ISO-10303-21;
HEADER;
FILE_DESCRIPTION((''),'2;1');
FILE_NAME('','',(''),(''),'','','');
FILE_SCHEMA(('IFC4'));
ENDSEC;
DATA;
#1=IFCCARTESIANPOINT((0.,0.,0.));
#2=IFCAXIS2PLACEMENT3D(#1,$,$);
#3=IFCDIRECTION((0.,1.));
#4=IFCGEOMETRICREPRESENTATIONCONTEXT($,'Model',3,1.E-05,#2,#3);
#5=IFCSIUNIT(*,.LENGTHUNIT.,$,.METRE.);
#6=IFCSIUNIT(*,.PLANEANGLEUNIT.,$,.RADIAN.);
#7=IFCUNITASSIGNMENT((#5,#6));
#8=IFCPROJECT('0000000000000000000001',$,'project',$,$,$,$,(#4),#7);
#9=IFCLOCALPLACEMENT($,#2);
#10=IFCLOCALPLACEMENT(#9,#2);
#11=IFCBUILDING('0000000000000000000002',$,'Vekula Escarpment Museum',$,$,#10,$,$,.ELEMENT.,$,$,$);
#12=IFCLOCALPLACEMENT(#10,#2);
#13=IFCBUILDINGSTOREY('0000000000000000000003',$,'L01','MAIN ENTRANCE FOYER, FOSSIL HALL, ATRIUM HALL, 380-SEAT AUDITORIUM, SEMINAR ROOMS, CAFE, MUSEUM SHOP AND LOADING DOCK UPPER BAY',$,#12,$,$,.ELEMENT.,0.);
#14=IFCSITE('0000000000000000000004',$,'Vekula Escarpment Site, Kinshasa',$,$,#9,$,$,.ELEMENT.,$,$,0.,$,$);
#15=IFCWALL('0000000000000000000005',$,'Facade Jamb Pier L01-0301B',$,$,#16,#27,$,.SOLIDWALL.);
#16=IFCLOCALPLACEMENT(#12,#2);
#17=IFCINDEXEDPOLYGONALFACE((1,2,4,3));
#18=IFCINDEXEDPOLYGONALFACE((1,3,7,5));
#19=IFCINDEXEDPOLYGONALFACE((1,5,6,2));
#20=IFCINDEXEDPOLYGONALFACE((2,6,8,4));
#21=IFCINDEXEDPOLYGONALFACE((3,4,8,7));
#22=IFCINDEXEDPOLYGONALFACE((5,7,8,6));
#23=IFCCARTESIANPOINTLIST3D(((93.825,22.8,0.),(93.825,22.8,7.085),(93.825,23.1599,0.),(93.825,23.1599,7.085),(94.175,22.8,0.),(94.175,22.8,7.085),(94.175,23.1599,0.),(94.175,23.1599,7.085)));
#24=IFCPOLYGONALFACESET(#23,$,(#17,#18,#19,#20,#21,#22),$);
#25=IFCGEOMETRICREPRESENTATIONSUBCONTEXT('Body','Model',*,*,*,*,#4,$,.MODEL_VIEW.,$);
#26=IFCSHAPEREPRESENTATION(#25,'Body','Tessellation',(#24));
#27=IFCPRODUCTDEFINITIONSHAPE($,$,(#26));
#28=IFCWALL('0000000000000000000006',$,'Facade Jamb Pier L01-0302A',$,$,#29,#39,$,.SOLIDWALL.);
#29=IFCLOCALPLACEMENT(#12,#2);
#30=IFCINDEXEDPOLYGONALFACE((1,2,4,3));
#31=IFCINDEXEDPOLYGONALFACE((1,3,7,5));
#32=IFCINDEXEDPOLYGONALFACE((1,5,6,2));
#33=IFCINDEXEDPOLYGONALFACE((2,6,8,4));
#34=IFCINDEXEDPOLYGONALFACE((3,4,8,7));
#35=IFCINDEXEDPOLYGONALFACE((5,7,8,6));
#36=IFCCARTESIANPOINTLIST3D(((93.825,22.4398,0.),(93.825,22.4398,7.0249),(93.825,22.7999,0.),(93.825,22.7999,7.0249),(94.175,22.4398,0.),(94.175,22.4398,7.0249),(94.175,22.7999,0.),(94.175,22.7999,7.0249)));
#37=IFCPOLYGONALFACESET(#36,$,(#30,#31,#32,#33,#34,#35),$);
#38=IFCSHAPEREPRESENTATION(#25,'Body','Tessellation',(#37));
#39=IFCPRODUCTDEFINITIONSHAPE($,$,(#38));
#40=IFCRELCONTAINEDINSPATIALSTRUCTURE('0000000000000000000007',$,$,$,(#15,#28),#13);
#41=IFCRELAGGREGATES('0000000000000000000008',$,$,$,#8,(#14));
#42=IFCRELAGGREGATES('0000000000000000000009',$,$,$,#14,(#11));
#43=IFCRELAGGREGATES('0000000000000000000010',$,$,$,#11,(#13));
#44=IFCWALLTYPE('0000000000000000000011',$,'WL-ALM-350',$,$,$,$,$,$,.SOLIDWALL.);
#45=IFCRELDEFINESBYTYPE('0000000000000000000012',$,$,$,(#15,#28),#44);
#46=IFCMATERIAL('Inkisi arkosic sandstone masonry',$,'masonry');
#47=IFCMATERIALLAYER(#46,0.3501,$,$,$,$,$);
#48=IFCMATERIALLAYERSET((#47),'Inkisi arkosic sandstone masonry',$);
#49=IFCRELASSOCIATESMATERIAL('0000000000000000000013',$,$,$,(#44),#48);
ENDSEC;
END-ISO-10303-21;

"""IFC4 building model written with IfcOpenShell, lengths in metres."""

from ifc_helpers import new_model, si_unit, direction, frame, frame_2d, origin, place, context, subcontext, project, spatial, rectangle, extrude, material, layer, layer_set, type_object, element, save


model = new_model("IFC4")

# Units and contexts
model_context = context("Model", 3, precision=1e-05, world=origin(), true_north=direction((0.0, 1.0)))
body_context = subcontext(model_context, "Body", "Model", "MODEL_VIEW")
ifc_project = project(units=[si_unit("LENGTHUNIT", "METRE"), si_unit("PLANEANGLEUNIT", "RADIAN")], contexts=[model_context])

# Site, building, storey
site_placement = place(None, origin())
site = spatial("IfcSite", under=ifc_project, at=site_placement, Name="Vekula Escarpment Site, Kinshasa", CompositionType="ELEMENT", RefElevation=0.0)
building_placement = place(site_placement, origin())
building = spatial("IfcBuilding", under=site, at=building_placement, Name="Vekula Escarpment Museum", CompositionType="ELEMENT")
storey_placement = place(building_placement, origin())
storey = spatial("IfcBuildingStorey", under=building, at=storey_placement, Name="L01", Description="MAIN ENTRANCE FOYER, FOSSIL HALL, ATRIUM HALL, 380-SEAT AUDITORIUM, SEMINAR ROOMS, CAFE, MUSEUM SHOP AND LOADING DOCK UPPER BAY", CompositionType="ELEMENT", Elevation=0.0)

# Walls
ifc_material_1 = material(Name="Inkisi arkosic sandstone masonry", Category="masonry")
ifc_layer_1 = layer(ifc_material_1, 0.3501)
ifc_layer_set_1 = layer_set([ifc_layer_1], Name="Inkisi arkosic sandstone masonry")
wall_type = type_object("IfcWallType", Name="WL-ALM-350", PredefinedType="SOLIDWALL", material=ifc_layer_set_1)
wall_1_placement = place(storey_placement, frame((94.0, 23.1599, 0.0), z_axis=(0.0, 0.0, 1.0), x_axis=(0.0, -1.0, 0.0)))
element("IfcWall", 1, at=wall_1_placement, inside=storey, type_object=wall_type, Name="Facade Jamb Pier L01-0301B", PredefinedType="SOLIDWALL", context=body_context, shape_type="SweptSolid", body=[
    extrude(rectangle(XDim=0.3599, YDim=0.3501, at=frame_2d((0.1799, 0.0))), origin(), (0.0, 0.0, 1.0), 7.085),
])
wall_2_placement = place(storey_placement, frame((94.0, 22.8, 0.0), z_axis=(0.0, 0.0, 1.0), x_axis=(0.0, -1.0, 0.0)))
element("IfcWall", 2, at=wall_2_placement, inside=storey, type_object=wall_type, Name="Facade Jamb Pier L01-0302A", PredefinedType="SOLIDWALL", context=body_context, shape_type="SweptSolid", body=[
    extrude(rectangle(XDim=0.3601, YDim=0.3501, at=frame_2d((0.1802, 0.0))), origin(), (0.0, 0.0, 1.0), 7.0249),
])

save(model, "model.ifc")
